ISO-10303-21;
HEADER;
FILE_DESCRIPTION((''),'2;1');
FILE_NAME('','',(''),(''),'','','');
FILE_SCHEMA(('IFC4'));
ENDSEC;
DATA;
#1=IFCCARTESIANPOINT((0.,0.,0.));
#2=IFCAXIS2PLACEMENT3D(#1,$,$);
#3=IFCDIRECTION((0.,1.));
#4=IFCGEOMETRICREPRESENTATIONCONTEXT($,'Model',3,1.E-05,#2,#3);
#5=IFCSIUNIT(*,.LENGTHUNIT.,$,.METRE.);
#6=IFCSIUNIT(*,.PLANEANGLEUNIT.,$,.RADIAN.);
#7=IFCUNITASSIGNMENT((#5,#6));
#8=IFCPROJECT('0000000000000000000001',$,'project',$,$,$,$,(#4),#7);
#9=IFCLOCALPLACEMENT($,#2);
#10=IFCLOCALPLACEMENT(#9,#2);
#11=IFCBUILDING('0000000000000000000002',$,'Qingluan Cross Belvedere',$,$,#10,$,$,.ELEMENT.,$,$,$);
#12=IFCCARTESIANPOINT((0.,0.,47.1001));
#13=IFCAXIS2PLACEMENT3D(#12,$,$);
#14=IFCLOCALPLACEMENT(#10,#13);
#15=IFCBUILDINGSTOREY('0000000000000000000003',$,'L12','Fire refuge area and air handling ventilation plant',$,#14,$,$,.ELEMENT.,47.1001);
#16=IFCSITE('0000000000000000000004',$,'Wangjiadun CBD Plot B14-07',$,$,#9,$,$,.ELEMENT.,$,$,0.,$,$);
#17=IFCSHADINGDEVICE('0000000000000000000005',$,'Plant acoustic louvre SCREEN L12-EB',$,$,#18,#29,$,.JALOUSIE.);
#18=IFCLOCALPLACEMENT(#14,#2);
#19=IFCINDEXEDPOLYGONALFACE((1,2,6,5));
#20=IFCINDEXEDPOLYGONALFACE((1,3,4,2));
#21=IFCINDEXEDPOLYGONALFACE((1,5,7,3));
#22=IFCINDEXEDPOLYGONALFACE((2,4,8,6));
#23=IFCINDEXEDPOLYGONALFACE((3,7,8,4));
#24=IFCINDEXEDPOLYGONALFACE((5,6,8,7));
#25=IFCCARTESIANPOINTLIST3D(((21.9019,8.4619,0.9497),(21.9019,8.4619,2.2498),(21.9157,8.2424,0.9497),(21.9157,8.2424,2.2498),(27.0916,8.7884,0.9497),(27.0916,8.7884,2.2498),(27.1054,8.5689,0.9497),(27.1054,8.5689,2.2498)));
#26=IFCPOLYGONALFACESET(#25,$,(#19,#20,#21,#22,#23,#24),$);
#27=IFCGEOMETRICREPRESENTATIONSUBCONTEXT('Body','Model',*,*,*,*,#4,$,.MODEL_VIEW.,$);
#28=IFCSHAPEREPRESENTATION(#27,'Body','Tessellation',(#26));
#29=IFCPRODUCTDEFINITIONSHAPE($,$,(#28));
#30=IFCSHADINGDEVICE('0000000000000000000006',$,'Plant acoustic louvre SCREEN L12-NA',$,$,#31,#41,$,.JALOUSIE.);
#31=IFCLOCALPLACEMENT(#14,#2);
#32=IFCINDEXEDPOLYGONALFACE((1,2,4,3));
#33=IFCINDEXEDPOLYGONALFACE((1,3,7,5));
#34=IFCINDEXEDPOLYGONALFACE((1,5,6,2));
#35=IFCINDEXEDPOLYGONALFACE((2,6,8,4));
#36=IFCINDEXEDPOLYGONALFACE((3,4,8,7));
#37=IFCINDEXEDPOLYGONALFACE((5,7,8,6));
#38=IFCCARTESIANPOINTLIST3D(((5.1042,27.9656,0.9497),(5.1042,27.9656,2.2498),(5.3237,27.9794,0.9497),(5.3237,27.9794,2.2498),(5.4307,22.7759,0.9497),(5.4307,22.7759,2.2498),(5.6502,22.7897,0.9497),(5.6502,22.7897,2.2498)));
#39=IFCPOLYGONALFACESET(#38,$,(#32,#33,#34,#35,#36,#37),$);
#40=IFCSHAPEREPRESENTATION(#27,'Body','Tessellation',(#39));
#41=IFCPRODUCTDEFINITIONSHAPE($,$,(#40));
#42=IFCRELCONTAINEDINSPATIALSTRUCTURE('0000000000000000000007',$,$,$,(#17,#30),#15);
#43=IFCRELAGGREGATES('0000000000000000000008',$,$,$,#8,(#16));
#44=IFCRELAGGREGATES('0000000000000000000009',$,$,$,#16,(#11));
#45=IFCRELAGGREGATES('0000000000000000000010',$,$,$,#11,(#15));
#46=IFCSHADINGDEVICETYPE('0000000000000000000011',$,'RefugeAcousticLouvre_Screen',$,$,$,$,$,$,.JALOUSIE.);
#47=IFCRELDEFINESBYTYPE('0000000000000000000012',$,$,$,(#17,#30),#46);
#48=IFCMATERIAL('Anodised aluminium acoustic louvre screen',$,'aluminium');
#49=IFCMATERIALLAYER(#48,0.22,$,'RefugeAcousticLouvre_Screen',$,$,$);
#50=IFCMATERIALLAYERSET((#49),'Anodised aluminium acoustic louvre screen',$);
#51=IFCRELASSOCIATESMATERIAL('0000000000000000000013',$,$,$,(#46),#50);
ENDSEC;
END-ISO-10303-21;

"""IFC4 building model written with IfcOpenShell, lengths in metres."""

from ifc_helpers import new_model, si_unit, direction, frame, origin, origin_2d, place, context, subcontext, project, spatial, rectangle, extrude, material, layer, layer_set, type_object, element, save


model = new_model("IFC4")

# Units and contexts
model_context = context("Model", 3, precision=1e-05, world=origin(), true_north=direction((0.0, 1.0)))
body_context = subcontext(model_context, "Body", "Model", "MODEL_VIEW")
ifc_project = project(units=[si_unit("LENGTHUNIT", "METRE"), si_unit("PLANEANGLEUNIT", "RADIAN")], contexts=[model_context])

# Site, building, storey
site_placement = place(None, origin())
site = spatial("IfcSite", under=ifc_project, at=site_placement, Name="Wangjiadun CBD Plot B14-07", CompositionType="ELEMENT", RefElevation=0.0)
building_placement = place(site_placement, origin())
building = spatial("IfcBuilding", under=site, at=building_placement, Name="Qingluan Cross Belvedere", CompositionType="ELEMENT")
storey_placement = place(building_placement, frame((0.0, 0.0, 47.1001)))
storey = spatial("IfcBuildingStorey", under=building, at=storey_placement, Name="L12", Description="Fire refuge area and air handling ventilation plant", CompositionType="ELEMENT", Elevation=47.1001)

# Shading devices
ifc_material_1 = material(Name="Anodised aluminium acoustic louvre screen", Category="aluminium")
ifc_layer_1 = layer(ifc_material_1, 0.22, Name="RefugeAcousticLouvre_Screen")
ifc_layer_set_1 = layer_set([ifc_layer_1], Name="Anodised aluminium acoustic louvre screen")
shading_device_type_1 = type_object("IfcShadingDeviceType", Name="RefugeAcousticLouvre_Screen", PredefinedType="JALOUSIE", material=ifc_layer_set_1)
for number, where, z_axis, x_axis, name in (
    (1, (24.5037, 8.5154, 0.9497), (0.0, 0.0, 1.0), (-0.998027, -0.062791, 0.0), "Plant acoustic louvre SCREEN L12-EB"),
    (2, (5.3772, 25.3777, 0.9497), (0.0, 0.0, 1.0), (-0.062786, 0.998027, 0.0), "Plant acoustic louvre SCREEN L12-NA"),
):
    element("IfcShadingDevice", number, at=place(storey_placement, frame(where, z_axis=z_axis, x_axis=x_axis)), inside=storey, type_object=shading_device_type_1, Name=name, PredefinedType="JALOUSIE", context=body_context, shape_type="SweptSolid", body=[
        extrude(rectangle(XDim=5.2, YDim=0.22, at=origin_2d()), origin(), (0.0, 0.0, 1.0), 1.3),
    ])

save(model, "model.ifc")
